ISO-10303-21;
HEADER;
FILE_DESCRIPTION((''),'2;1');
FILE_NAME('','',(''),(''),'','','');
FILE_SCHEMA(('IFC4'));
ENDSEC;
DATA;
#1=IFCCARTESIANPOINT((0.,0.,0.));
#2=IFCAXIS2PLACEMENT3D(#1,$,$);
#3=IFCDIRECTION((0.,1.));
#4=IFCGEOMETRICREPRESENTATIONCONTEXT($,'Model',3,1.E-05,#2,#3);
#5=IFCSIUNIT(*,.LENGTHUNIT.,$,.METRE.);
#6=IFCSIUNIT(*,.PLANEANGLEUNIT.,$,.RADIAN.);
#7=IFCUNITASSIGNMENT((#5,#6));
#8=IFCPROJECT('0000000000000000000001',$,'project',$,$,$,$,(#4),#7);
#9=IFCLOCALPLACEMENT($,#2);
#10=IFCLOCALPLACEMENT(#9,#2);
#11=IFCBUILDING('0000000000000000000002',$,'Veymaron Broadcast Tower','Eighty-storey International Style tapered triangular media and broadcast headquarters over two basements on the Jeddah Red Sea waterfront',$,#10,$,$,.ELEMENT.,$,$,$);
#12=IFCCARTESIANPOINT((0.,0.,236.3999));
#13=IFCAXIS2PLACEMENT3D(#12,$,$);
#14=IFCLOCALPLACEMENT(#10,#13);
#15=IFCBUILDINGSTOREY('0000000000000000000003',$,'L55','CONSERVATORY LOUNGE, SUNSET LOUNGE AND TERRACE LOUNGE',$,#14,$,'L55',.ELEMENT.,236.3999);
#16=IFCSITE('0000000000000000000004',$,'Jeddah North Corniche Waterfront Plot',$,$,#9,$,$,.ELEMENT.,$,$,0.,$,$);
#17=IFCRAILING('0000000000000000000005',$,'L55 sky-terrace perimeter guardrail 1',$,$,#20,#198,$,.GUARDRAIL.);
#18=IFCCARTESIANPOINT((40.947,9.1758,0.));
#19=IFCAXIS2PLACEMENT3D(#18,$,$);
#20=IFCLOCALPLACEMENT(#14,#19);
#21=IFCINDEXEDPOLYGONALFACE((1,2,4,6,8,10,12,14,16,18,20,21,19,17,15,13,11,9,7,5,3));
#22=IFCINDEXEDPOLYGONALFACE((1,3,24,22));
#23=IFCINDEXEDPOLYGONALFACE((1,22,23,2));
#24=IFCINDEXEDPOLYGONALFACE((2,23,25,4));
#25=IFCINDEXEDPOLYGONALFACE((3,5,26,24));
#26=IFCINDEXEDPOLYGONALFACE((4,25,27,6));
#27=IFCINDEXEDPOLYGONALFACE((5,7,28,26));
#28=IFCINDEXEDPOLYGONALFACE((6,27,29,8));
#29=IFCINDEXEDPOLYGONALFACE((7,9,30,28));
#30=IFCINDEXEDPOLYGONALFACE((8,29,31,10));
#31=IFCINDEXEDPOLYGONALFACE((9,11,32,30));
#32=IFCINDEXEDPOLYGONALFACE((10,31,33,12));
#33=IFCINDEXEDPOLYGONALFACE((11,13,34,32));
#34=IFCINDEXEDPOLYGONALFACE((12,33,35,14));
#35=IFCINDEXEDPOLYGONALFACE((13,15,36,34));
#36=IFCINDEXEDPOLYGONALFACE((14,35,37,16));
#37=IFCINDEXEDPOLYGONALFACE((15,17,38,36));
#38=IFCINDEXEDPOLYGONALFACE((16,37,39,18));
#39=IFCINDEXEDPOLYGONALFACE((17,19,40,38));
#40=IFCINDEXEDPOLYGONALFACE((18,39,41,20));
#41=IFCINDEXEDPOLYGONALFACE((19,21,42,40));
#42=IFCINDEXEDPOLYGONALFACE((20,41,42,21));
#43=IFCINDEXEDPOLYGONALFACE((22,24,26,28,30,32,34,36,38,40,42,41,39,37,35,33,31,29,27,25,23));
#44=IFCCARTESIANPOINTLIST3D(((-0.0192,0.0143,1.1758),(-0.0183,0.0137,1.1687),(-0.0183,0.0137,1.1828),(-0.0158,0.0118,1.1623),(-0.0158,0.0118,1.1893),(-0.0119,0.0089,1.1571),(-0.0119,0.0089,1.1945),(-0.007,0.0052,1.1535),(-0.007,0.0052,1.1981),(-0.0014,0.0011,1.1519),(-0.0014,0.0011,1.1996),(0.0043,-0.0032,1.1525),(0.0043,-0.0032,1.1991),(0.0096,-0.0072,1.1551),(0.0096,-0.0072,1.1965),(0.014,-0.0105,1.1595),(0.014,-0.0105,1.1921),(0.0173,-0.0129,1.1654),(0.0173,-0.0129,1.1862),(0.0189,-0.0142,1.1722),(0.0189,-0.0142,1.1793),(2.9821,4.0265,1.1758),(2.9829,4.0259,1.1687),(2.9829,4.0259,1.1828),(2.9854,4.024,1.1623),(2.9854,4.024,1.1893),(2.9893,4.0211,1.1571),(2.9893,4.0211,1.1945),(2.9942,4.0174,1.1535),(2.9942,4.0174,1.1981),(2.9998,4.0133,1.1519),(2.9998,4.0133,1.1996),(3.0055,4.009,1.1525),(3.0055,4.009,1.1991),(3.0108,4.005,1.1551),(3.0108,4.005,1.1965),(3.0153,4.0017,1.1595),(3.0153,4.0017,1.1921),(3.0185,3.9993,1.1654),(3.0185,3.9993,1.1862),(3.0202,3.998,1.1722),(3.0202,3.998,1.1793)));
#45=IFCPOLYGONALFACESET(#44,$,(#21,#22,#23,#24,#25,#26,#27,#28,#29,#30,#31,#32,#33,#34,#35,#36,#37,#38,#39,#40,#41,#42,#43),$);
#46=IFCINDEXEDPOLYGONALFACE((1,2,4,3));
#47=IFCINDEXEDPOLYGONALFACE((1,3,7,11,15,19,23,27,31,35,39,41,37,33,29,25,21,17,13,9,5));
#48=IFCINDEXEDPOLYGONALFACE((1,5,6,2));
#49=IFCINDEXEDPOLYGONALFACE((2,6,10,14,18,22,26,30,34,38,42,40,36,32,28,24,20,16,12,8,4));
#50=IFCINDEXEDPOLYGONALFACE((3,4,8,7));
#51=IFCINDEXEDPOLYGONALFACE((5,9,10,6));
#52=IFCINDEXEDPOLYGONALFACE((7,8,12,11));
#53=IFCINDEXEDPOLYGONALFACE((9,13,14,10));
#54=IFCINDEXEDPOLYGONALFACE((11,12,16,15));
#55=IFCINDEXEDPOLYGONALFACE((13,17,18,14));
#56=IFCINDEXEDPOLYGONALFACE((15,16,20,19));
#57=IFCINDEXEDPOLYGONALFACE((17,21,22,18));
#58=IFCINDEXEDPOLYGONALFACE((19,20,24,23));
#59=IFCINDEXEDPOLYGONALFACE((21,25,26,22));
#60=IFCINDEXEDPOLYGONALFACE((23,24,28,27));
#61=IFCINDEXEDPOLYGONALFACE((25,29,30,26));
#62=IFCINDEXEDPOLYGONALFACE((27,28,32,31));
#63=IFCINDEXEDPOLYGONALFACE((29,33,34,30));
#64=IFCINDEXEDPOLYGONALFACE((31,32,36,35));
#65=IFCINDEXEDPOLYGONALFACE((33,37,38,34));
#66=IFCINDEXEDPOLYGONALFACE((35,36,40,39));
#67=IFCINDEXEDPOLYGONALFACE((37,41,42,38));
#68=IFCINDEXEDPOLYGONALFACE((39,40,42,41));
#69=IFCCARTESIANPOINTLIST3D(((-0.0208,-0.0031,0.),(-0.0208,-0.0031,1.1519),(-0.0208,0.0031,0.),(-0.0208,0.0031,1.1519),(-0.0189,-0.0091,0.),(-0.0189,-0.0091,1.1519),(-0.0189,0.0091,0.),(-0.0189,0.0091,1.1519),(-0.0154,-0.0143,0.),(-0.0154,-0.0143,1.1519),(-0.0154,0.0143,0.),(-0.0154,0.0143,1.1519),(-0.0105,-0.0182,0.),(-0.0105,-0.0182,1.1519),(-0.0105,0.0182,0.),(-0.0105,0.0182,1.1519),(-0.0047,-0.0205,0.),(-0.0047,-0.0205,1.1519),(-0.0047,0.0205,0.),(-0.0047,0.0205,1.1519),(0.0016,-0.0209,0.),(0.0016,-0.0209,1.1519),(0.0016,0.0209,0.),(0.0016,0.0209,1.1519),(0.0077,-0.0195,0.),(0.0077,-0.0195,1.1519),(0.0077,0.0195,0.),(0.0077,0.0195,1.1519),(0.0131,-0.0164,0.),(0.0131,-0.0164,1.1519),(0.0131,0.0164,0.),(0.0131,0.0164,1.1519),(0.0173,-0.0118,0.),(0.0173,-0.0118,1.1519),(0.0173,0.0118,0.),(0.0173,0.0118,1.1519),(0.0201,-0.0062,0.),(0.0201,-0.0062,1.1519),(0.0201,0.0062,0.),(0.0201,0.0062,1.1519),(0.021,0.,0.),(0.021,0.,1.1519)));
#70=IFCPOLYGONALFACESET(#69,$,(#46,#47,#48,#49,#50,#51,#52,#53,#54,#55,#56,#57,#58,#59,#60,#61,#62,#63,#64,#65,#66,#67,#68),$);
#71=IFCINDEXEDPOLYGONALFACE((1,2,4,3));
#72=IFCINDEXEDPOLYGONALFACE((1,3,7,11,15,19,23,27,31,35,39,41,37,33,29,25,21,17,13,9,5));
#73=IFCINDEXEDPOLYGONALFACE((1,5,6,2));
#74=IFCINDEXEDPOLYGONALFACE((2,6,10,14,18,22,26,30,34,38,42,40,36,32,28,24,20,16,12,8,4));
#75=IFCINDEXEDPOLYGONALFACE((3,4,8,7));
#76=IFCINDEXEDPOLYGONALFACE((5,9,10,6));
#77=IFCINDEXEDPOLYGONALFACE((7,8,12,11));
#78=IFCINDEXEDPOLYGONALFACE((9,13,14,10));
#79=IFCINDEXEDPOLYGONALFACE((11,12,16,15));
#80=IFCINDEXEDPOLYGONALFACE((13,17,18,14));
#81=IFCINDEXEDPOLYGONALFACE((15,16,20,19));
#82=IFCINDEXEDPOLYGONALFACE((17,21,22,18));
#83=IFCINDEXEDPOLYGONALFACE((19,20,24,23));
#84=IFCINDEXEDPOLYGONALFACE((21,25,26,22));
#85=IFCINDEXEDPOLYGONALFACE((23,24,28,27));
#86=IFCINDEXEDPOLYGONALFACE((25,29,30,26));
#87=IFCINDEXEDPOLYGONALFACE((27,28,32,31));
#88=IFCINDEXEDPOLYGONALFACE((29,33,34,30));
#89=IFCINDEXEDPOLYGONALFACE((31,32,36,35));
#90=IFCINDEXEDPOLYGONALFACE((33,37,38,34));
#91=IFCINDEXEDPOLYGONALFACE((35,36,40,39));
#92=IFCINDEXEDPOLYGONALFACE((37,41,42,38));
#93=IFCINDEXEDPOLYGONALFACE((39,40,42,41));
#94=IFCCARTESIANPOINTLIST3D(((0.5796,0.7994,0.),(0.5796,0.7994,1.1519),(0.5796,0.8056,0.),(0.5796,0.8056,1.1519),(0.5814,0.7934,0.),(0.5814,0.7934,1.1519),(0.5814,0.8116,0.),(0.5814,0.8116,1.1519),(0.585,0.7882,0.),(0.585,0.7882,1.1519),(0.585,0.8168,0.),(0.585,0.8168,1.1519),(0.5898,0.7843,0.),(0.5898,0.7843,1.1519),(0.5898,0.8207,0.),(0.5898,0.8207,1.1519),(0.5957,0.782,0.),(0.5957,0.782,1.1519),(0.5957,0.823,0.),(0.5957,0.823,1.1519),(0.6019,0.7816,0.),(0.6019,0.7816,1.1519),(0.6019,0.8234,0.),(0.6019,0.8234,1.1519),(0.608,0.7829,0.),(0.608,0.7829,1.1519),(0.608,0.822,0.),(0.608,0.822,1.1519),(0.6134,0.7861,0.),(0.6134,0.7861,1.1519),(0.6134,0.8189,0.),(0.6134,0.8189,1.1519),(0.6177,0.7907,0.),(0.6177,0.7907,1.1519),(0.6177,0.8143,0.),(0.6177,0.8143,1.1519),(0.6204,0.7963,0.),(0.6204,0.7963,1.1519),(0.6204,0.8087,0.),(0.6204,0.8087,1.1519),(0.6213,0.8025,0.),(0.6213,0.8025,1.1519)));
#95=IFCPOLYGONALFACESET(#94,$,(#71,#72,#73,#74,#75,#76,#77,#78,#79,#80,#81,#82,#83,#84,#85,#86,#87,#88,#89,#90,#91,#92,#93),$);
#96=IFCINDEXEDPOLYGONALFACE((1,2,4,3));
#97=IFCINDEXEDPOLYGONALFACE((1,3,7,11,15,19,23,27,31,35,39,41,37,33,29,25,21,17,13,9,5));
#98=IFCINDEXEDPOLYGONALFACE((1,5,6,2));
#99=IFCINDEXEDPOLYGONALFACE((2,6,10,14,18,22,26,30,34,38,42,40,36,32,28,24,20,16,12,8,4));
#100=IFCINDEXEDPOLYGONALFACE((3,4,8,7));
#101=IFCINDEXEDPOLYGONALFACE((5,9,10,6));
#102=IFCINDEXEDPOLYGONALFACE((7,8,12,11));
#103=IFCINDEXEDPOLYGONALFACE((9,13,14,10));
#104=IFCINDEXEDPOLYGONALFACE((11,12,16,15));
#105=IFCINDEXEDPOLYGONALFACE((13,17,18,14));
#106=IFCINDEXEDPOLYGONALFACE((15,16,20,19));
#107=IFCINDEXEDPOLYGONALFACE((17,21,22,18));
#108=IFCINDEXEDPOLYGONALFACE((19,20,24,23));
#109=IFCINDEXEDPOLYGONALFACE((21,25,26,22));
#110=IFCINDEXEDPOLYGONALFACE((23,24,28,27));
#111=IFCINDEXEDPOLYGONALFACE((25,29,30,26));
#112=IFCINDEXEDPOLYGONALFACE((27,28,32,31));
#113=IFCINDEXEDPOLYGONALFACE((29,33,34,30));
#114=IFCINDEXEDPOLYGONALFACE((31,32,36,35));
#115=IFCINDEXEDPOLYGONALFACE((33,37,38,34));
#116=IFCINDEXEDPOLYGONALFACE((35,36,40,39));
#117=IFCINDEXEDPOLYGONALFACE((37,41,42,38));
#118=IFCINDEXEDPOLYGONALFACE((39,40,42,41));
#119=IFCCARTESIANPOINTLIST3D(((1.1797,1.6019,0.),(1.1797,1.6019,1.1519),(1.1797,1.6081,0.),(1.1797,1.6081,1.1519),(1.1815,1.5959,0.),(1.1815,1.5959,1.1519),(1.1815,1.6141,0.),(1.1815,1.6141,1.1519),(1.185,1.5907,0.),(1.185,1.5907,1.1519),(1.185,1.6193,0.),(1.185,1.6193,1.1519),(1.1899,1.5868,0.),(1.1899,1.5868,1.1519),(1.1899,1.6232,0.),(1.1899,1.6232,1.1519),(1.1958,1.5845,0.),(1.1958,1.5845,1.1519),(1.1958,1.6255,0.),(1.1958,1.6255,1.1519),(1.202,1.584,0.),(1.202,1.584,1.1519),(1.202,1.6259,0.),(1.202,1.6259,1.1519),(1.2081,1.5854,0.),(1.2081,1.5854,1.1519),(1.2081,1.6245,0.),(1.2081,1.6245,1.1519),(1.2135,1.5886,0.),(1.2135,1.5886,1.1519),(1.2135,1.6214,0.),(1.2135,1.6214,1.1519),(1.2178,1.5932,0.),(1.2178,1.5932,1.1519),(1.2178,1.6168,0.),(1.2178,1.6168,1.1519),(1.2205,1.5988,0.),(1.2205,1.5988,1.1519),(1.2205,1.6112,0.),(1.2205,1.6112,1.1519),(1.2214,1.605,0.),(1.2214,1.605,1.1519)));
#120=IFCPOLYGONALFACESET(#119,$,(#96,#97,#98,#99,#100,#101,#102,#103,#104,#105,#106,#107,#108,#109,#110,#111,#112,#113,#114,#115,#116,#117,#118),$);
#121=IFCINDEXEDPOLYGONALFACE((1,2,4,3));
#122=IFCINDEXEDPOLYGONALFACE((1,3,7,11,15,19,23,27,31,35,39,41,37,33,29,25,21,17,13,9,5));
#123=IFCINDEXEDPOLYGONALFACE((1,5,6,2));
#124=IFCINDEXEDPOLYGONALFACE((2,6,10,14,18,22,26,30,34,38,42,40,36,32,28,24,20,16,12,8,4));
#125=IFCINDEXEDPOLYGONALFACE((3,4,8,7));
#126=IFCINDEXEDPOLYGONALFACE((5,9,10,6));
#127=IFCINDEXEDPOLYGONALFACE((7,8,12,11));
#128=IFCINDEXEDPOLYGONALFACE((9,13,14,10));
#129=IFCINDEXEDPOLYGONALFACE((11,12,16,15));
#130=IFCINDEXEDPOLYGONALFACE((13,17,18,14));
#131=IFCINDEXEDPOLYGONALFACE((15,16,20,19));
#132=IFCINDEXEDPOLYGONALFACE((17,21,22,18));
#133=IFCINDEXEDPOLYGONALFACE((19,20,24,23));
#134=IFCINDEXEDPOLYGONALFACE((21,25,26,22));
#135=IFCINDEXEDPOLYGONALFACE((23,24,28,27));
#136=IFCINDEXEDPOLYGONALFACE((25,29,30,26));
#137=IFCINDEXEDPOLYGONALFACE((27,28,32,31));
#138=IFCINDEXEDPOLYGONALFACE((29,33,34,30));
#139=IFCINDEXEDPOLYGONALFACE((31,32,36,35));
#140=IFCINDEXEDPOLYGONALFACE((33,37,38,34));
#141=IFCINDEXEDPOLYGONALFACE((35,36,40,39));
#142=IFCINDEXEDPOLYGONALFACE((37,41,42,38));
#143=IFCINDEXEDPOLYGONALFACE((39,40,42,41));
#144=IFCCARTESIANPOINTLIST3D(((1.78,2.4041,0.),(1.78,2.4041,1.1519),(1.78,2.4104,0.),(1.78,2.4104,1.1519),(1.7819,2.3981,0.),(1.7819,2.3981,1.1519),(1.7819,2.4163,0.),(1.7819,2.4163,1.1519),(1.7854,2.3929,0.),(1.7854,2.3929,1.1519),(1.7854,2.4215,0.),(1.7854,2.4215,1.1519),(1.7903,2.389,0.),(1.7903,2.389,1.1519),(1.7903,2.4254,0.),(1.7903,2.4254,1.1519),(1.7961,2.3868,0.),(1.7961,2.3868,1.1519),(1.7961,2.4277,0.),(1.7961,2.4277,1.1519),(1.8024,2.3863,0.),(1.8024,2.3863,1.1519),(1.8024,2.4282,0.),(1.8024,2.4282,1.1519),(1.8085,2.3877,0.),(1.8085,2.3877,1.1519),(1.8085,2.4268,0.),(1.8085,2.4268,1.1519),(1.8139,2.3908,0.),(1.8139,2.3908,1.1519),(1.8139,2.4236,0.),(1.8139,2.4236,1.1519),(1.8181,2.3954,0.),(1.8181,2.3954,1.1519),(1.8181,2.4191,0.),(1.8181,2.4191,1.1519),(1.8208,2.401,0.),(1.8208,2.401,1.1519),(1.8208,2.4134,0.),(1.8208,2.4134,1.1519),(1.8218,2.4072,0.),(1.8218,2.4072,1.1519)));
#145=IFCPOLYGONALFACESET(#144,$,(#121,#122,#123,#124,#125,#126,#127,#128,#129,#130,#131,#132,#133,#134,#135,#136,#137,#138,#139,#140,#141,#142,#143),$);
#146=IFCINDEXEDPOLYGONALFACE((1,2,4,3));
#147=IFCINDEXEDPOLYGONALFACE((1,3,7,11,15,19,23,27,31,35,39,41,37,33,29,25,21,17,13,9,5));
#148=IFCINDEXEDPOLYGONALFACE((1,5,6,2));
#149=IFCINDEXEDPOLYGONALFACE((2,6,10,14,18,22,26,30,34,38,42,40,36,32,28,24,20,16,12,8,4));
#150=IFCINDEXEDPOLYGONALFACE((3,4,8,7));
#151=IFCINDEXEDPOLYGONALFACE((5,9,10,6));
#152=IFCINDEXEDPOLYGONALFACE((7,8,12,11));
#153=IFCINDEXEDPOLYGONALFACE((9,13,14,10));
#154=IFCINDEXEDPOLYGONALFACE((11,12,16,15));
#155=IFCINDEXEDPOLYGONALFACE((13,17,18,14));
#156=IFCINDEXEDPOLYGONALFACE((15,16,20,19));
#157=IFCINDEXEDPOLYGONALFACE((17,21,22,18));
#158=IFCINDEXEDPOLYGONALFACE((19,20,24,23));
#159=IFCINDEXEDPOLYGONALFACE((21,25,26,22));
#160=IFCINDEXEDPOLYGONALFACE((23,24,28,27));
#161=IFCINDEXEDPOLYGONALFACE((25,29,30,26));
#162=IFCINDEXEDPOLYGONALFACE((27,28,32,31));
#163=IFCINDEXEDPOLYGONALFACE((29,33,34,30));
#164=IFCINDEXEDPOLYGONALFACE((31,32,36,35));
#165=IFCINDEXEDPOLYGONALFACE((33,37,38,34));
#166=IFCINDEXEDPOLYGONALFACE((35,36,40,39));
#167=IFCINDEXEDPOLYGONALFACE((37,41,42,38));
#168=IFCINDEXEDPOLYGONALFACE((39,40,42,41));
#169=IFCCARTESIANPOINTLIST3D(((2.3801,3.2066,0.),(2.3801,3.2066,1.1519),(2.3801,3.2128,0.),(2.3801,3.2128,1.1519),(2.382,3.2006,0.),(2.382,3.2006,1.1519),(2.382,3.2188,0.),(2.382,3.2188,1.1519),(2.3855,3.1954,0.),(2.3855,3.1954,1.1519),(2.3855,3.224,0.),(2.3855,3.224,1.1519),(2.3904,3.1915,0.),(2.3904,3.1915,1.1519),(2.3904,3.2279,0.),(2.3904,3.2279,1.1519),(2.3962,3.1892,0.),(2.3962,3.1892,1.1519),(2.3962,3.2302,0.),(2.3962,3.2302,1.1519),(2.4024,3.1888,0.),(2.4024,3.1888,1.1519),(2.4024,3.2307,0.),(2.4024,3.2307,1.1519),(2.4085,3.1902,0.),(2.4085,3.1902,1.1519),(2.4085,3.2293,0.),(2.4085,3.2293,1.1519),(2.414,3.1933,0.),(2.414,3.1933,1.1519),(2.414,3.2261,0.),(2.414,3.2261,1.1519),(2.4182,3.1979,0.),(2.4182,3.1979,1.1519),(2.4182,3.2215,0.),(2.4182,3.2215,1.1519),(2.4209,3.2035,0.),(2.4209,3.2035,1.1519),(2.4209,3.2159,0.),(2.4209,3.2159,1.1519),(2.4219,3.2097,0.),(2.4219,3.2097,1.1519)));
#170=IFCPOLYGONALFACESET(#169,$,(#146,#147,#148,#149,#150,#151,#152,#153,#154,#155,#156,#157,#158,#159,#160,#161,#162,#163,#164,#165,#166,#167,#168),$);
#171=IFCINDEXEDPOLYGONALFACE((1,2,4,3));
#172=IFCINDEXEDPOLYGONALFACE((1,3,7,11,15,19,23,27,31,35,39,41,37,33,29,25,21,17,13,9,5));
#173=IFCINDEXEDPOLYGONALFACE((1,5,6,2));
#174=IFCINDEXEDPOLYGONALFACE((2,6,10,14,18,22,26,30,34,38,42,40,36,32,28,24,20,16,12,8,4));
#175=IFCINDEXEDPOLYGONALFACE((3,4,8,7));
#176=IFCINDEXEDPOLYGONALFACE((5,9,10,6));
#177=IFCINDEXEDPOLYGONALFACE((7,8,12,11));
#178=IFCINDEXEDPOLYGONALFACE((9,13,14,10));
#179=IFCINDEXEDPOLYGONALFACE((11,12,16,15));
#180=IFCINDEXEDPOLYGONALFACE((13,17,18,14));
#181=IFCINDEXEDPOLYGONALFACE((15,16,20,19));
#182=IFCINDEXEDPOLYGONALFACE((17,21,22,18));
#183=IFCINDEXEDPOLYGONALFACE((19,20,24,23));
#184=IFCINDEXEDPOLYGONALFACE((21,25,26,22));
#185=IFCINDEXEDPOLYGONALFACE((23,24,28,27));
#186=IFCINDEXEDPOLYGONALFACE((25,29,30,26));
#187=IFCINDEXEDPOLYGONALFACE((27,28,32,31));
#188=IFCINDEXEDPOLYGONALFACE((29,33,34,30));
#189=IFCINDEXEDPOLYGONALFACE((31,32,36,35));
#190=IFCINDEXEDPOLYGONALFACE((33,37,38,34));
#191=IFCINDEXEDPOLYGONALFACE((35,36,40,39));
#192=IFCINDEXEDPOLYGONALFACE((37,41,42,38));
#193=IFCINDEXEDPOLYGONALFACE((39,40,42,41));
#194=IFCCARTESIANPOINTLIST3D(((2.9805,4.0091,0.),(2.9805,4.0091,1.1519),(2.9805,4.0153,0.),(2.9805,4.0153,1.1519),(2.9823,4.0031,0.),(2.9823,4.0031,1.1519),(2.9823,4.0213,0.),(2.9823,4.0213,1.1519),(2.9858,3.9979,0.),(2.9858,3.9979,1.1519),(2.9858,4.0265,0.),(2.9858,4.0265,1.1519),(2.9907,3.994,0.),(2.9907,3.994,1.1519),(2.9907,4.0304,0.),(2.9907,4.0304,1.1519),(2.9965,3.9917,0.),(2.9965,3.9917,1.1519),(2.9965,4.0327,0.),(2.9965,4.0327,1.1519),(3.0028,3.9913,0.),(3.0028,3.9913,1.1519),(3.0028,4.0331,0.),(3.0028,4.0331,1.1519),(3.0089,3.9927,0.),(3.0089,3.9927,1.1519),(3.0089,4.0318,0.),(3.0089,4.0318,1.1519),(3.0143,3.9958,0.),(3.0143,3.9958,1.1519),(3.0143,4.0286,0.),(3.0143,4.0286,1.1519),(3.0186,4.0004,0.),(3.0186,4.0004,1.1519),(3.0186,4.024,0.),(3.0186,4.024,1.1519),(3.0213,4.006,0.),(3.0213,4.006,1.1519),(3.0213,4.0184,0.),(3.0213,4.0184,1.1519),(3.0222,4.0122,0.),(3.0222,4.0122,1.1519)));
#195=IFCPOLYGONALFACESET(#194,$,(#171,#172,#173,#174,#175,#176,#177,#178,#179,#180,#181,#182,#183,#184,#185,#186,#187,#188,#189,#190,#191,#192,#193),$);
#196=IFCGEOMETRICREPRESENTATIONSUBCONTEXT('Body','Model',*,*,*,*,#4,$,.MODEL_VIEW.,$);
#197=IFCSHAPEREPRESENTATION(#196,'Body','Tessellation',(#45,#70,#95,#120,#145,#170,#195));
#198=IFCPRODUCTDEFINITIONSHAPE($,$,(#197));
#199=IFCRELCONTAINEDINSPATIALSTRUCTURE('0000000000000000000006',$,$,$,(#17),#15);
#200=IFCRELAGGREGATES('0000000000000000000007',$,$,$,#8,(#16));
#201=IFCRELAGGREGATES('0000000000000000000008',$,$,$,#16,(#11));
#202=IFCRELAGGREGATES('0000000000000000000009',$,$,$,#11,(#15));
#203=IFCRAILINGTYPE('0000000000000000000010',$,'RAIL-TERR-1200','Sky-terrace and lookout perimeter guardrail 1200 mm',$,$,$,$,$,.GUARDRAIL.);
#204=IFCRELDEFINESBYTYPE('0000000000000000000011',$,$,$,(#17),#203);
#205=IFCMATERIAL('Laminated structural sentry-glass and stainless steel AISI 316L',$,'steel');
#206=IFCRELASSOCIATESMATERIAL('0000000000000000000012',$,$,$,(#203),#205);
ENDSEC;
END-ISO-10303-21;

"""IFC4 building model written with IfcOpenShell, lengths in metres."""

from ifc_helpers import new_model, si_unit, direction, frame, origin, origin_2d, place, context, subcontext, project, spatial, circle, extrude, material, type_object, element, save


model = new_model("IFC4")

# Units and contexts
model_context = context("Model", 3, precision=1e-05, world=origin(), true_north=direction((0.0, 1.0)))
body_context = subcontext(model_context, "Body", "Model", "MODEL_VIEW")
ifc_project = project(units=[si_unit("LENGTHUNIT", "METRE"), si_unit("PLANEANGLEUNIT", "RADIAN")], contexts=[model_context])

# Site, building, storey
site_placement = place(None, origin())
site = spatial("IfcSite", under=ifc_project, at=site_placement, Name="Jeddah North Corniche Waterfront Plot", CompositionType="ELEMENT", RefElevation=0.0)
building_placement = place(site_placement, origin())
building = spatial("IfcBuilding", under=site, at=building_placement, Name="Veymaron Broadcast Tower", Description="Eighty-storey International Style tapered triangular media and broadcast headquarters over two basements on the Jeddah Red Sea waterfront", CompositionType="ELEMENT")
storey_placement = place(building_placement, frame((0.0, 0.0, 236.3999)))
storey = spatial("IfcBuildingStorey", under=building, at=storey_placement, Name="L55", Description="CONSERVATORY LOUNGE, SUNSET LOUNGE AND TERRACE LOUNGE", LongName="L55", CompositionType="ELEMENT", Elevation=236.3999)

# Railing
ifc_material_1 = material(Name="Laminated structural sentry-glass and stainless steel AISI 316L", Category="steel")
railing_type_1 = type_object("IfcRailingType", Name="RAIL-TERR-1200", Description="Sky-terrace and lookout perimeter guardrail 1200 mm", PredefinedType="GUARDRAIL", material=ifc_material_1)
railing_1_placement = place(storey_placement, frame((40.947, 9.1758, 0.0)))
element("IfcRailing", 1, at=railing_1_placement, inside=storey, type_object=railing_type_1, Name="L55 sky-terrace perimeter guardrail 1", PredefinedType="GUARDRAIL", context=body_context, shape_type="SweptSolid", body=[
    extrude(circle(Radius=0.0239, at=origin_2d()), frame((0.0, 0.0, 1.1758), z_axis=(0.598986, 0.800759, 0.0), x_axis=(-0.800759, 0.598986, 0.0)), (0.0, 0.0, 1.0), 5.0105),
    extrude(circle(Radius=0.021, at=origin_2d()), origin(), (0.0, 0.0, 1.0), 1.1519),
    extrude(circle(Radius=0.021, at=origin_2d()), frame((0.6003, 0.8025, 0.0)), (0.0, 0.0, 1.0), 1.1519),
    extrude(circle(Radius=0.021, at=origin_2d()), frame((1.2004, 1.605, 0.0)), (0.0, 0.0, 1.0), 1.1519),
    extrude(circle(Radius=0.021, at=origin_2d()), frame((1.8008, 2.4072, 0.0)), (0.0, 0.0, 1.0), 1.1519),
    extrude(circle(Radius=0.021, at=origin_2d()), frame((2.4009, 3.2097, 0.0)), (0.0, 0.0, 1.0), 1.1519),
    extrude(circle(Radius=0.021, at=origin_2d()), frame((3.0012, 4.0122, 0.0)), (0.0, 0.0, 1.0), 1.1519),
])

save(model, "model.ifc")
